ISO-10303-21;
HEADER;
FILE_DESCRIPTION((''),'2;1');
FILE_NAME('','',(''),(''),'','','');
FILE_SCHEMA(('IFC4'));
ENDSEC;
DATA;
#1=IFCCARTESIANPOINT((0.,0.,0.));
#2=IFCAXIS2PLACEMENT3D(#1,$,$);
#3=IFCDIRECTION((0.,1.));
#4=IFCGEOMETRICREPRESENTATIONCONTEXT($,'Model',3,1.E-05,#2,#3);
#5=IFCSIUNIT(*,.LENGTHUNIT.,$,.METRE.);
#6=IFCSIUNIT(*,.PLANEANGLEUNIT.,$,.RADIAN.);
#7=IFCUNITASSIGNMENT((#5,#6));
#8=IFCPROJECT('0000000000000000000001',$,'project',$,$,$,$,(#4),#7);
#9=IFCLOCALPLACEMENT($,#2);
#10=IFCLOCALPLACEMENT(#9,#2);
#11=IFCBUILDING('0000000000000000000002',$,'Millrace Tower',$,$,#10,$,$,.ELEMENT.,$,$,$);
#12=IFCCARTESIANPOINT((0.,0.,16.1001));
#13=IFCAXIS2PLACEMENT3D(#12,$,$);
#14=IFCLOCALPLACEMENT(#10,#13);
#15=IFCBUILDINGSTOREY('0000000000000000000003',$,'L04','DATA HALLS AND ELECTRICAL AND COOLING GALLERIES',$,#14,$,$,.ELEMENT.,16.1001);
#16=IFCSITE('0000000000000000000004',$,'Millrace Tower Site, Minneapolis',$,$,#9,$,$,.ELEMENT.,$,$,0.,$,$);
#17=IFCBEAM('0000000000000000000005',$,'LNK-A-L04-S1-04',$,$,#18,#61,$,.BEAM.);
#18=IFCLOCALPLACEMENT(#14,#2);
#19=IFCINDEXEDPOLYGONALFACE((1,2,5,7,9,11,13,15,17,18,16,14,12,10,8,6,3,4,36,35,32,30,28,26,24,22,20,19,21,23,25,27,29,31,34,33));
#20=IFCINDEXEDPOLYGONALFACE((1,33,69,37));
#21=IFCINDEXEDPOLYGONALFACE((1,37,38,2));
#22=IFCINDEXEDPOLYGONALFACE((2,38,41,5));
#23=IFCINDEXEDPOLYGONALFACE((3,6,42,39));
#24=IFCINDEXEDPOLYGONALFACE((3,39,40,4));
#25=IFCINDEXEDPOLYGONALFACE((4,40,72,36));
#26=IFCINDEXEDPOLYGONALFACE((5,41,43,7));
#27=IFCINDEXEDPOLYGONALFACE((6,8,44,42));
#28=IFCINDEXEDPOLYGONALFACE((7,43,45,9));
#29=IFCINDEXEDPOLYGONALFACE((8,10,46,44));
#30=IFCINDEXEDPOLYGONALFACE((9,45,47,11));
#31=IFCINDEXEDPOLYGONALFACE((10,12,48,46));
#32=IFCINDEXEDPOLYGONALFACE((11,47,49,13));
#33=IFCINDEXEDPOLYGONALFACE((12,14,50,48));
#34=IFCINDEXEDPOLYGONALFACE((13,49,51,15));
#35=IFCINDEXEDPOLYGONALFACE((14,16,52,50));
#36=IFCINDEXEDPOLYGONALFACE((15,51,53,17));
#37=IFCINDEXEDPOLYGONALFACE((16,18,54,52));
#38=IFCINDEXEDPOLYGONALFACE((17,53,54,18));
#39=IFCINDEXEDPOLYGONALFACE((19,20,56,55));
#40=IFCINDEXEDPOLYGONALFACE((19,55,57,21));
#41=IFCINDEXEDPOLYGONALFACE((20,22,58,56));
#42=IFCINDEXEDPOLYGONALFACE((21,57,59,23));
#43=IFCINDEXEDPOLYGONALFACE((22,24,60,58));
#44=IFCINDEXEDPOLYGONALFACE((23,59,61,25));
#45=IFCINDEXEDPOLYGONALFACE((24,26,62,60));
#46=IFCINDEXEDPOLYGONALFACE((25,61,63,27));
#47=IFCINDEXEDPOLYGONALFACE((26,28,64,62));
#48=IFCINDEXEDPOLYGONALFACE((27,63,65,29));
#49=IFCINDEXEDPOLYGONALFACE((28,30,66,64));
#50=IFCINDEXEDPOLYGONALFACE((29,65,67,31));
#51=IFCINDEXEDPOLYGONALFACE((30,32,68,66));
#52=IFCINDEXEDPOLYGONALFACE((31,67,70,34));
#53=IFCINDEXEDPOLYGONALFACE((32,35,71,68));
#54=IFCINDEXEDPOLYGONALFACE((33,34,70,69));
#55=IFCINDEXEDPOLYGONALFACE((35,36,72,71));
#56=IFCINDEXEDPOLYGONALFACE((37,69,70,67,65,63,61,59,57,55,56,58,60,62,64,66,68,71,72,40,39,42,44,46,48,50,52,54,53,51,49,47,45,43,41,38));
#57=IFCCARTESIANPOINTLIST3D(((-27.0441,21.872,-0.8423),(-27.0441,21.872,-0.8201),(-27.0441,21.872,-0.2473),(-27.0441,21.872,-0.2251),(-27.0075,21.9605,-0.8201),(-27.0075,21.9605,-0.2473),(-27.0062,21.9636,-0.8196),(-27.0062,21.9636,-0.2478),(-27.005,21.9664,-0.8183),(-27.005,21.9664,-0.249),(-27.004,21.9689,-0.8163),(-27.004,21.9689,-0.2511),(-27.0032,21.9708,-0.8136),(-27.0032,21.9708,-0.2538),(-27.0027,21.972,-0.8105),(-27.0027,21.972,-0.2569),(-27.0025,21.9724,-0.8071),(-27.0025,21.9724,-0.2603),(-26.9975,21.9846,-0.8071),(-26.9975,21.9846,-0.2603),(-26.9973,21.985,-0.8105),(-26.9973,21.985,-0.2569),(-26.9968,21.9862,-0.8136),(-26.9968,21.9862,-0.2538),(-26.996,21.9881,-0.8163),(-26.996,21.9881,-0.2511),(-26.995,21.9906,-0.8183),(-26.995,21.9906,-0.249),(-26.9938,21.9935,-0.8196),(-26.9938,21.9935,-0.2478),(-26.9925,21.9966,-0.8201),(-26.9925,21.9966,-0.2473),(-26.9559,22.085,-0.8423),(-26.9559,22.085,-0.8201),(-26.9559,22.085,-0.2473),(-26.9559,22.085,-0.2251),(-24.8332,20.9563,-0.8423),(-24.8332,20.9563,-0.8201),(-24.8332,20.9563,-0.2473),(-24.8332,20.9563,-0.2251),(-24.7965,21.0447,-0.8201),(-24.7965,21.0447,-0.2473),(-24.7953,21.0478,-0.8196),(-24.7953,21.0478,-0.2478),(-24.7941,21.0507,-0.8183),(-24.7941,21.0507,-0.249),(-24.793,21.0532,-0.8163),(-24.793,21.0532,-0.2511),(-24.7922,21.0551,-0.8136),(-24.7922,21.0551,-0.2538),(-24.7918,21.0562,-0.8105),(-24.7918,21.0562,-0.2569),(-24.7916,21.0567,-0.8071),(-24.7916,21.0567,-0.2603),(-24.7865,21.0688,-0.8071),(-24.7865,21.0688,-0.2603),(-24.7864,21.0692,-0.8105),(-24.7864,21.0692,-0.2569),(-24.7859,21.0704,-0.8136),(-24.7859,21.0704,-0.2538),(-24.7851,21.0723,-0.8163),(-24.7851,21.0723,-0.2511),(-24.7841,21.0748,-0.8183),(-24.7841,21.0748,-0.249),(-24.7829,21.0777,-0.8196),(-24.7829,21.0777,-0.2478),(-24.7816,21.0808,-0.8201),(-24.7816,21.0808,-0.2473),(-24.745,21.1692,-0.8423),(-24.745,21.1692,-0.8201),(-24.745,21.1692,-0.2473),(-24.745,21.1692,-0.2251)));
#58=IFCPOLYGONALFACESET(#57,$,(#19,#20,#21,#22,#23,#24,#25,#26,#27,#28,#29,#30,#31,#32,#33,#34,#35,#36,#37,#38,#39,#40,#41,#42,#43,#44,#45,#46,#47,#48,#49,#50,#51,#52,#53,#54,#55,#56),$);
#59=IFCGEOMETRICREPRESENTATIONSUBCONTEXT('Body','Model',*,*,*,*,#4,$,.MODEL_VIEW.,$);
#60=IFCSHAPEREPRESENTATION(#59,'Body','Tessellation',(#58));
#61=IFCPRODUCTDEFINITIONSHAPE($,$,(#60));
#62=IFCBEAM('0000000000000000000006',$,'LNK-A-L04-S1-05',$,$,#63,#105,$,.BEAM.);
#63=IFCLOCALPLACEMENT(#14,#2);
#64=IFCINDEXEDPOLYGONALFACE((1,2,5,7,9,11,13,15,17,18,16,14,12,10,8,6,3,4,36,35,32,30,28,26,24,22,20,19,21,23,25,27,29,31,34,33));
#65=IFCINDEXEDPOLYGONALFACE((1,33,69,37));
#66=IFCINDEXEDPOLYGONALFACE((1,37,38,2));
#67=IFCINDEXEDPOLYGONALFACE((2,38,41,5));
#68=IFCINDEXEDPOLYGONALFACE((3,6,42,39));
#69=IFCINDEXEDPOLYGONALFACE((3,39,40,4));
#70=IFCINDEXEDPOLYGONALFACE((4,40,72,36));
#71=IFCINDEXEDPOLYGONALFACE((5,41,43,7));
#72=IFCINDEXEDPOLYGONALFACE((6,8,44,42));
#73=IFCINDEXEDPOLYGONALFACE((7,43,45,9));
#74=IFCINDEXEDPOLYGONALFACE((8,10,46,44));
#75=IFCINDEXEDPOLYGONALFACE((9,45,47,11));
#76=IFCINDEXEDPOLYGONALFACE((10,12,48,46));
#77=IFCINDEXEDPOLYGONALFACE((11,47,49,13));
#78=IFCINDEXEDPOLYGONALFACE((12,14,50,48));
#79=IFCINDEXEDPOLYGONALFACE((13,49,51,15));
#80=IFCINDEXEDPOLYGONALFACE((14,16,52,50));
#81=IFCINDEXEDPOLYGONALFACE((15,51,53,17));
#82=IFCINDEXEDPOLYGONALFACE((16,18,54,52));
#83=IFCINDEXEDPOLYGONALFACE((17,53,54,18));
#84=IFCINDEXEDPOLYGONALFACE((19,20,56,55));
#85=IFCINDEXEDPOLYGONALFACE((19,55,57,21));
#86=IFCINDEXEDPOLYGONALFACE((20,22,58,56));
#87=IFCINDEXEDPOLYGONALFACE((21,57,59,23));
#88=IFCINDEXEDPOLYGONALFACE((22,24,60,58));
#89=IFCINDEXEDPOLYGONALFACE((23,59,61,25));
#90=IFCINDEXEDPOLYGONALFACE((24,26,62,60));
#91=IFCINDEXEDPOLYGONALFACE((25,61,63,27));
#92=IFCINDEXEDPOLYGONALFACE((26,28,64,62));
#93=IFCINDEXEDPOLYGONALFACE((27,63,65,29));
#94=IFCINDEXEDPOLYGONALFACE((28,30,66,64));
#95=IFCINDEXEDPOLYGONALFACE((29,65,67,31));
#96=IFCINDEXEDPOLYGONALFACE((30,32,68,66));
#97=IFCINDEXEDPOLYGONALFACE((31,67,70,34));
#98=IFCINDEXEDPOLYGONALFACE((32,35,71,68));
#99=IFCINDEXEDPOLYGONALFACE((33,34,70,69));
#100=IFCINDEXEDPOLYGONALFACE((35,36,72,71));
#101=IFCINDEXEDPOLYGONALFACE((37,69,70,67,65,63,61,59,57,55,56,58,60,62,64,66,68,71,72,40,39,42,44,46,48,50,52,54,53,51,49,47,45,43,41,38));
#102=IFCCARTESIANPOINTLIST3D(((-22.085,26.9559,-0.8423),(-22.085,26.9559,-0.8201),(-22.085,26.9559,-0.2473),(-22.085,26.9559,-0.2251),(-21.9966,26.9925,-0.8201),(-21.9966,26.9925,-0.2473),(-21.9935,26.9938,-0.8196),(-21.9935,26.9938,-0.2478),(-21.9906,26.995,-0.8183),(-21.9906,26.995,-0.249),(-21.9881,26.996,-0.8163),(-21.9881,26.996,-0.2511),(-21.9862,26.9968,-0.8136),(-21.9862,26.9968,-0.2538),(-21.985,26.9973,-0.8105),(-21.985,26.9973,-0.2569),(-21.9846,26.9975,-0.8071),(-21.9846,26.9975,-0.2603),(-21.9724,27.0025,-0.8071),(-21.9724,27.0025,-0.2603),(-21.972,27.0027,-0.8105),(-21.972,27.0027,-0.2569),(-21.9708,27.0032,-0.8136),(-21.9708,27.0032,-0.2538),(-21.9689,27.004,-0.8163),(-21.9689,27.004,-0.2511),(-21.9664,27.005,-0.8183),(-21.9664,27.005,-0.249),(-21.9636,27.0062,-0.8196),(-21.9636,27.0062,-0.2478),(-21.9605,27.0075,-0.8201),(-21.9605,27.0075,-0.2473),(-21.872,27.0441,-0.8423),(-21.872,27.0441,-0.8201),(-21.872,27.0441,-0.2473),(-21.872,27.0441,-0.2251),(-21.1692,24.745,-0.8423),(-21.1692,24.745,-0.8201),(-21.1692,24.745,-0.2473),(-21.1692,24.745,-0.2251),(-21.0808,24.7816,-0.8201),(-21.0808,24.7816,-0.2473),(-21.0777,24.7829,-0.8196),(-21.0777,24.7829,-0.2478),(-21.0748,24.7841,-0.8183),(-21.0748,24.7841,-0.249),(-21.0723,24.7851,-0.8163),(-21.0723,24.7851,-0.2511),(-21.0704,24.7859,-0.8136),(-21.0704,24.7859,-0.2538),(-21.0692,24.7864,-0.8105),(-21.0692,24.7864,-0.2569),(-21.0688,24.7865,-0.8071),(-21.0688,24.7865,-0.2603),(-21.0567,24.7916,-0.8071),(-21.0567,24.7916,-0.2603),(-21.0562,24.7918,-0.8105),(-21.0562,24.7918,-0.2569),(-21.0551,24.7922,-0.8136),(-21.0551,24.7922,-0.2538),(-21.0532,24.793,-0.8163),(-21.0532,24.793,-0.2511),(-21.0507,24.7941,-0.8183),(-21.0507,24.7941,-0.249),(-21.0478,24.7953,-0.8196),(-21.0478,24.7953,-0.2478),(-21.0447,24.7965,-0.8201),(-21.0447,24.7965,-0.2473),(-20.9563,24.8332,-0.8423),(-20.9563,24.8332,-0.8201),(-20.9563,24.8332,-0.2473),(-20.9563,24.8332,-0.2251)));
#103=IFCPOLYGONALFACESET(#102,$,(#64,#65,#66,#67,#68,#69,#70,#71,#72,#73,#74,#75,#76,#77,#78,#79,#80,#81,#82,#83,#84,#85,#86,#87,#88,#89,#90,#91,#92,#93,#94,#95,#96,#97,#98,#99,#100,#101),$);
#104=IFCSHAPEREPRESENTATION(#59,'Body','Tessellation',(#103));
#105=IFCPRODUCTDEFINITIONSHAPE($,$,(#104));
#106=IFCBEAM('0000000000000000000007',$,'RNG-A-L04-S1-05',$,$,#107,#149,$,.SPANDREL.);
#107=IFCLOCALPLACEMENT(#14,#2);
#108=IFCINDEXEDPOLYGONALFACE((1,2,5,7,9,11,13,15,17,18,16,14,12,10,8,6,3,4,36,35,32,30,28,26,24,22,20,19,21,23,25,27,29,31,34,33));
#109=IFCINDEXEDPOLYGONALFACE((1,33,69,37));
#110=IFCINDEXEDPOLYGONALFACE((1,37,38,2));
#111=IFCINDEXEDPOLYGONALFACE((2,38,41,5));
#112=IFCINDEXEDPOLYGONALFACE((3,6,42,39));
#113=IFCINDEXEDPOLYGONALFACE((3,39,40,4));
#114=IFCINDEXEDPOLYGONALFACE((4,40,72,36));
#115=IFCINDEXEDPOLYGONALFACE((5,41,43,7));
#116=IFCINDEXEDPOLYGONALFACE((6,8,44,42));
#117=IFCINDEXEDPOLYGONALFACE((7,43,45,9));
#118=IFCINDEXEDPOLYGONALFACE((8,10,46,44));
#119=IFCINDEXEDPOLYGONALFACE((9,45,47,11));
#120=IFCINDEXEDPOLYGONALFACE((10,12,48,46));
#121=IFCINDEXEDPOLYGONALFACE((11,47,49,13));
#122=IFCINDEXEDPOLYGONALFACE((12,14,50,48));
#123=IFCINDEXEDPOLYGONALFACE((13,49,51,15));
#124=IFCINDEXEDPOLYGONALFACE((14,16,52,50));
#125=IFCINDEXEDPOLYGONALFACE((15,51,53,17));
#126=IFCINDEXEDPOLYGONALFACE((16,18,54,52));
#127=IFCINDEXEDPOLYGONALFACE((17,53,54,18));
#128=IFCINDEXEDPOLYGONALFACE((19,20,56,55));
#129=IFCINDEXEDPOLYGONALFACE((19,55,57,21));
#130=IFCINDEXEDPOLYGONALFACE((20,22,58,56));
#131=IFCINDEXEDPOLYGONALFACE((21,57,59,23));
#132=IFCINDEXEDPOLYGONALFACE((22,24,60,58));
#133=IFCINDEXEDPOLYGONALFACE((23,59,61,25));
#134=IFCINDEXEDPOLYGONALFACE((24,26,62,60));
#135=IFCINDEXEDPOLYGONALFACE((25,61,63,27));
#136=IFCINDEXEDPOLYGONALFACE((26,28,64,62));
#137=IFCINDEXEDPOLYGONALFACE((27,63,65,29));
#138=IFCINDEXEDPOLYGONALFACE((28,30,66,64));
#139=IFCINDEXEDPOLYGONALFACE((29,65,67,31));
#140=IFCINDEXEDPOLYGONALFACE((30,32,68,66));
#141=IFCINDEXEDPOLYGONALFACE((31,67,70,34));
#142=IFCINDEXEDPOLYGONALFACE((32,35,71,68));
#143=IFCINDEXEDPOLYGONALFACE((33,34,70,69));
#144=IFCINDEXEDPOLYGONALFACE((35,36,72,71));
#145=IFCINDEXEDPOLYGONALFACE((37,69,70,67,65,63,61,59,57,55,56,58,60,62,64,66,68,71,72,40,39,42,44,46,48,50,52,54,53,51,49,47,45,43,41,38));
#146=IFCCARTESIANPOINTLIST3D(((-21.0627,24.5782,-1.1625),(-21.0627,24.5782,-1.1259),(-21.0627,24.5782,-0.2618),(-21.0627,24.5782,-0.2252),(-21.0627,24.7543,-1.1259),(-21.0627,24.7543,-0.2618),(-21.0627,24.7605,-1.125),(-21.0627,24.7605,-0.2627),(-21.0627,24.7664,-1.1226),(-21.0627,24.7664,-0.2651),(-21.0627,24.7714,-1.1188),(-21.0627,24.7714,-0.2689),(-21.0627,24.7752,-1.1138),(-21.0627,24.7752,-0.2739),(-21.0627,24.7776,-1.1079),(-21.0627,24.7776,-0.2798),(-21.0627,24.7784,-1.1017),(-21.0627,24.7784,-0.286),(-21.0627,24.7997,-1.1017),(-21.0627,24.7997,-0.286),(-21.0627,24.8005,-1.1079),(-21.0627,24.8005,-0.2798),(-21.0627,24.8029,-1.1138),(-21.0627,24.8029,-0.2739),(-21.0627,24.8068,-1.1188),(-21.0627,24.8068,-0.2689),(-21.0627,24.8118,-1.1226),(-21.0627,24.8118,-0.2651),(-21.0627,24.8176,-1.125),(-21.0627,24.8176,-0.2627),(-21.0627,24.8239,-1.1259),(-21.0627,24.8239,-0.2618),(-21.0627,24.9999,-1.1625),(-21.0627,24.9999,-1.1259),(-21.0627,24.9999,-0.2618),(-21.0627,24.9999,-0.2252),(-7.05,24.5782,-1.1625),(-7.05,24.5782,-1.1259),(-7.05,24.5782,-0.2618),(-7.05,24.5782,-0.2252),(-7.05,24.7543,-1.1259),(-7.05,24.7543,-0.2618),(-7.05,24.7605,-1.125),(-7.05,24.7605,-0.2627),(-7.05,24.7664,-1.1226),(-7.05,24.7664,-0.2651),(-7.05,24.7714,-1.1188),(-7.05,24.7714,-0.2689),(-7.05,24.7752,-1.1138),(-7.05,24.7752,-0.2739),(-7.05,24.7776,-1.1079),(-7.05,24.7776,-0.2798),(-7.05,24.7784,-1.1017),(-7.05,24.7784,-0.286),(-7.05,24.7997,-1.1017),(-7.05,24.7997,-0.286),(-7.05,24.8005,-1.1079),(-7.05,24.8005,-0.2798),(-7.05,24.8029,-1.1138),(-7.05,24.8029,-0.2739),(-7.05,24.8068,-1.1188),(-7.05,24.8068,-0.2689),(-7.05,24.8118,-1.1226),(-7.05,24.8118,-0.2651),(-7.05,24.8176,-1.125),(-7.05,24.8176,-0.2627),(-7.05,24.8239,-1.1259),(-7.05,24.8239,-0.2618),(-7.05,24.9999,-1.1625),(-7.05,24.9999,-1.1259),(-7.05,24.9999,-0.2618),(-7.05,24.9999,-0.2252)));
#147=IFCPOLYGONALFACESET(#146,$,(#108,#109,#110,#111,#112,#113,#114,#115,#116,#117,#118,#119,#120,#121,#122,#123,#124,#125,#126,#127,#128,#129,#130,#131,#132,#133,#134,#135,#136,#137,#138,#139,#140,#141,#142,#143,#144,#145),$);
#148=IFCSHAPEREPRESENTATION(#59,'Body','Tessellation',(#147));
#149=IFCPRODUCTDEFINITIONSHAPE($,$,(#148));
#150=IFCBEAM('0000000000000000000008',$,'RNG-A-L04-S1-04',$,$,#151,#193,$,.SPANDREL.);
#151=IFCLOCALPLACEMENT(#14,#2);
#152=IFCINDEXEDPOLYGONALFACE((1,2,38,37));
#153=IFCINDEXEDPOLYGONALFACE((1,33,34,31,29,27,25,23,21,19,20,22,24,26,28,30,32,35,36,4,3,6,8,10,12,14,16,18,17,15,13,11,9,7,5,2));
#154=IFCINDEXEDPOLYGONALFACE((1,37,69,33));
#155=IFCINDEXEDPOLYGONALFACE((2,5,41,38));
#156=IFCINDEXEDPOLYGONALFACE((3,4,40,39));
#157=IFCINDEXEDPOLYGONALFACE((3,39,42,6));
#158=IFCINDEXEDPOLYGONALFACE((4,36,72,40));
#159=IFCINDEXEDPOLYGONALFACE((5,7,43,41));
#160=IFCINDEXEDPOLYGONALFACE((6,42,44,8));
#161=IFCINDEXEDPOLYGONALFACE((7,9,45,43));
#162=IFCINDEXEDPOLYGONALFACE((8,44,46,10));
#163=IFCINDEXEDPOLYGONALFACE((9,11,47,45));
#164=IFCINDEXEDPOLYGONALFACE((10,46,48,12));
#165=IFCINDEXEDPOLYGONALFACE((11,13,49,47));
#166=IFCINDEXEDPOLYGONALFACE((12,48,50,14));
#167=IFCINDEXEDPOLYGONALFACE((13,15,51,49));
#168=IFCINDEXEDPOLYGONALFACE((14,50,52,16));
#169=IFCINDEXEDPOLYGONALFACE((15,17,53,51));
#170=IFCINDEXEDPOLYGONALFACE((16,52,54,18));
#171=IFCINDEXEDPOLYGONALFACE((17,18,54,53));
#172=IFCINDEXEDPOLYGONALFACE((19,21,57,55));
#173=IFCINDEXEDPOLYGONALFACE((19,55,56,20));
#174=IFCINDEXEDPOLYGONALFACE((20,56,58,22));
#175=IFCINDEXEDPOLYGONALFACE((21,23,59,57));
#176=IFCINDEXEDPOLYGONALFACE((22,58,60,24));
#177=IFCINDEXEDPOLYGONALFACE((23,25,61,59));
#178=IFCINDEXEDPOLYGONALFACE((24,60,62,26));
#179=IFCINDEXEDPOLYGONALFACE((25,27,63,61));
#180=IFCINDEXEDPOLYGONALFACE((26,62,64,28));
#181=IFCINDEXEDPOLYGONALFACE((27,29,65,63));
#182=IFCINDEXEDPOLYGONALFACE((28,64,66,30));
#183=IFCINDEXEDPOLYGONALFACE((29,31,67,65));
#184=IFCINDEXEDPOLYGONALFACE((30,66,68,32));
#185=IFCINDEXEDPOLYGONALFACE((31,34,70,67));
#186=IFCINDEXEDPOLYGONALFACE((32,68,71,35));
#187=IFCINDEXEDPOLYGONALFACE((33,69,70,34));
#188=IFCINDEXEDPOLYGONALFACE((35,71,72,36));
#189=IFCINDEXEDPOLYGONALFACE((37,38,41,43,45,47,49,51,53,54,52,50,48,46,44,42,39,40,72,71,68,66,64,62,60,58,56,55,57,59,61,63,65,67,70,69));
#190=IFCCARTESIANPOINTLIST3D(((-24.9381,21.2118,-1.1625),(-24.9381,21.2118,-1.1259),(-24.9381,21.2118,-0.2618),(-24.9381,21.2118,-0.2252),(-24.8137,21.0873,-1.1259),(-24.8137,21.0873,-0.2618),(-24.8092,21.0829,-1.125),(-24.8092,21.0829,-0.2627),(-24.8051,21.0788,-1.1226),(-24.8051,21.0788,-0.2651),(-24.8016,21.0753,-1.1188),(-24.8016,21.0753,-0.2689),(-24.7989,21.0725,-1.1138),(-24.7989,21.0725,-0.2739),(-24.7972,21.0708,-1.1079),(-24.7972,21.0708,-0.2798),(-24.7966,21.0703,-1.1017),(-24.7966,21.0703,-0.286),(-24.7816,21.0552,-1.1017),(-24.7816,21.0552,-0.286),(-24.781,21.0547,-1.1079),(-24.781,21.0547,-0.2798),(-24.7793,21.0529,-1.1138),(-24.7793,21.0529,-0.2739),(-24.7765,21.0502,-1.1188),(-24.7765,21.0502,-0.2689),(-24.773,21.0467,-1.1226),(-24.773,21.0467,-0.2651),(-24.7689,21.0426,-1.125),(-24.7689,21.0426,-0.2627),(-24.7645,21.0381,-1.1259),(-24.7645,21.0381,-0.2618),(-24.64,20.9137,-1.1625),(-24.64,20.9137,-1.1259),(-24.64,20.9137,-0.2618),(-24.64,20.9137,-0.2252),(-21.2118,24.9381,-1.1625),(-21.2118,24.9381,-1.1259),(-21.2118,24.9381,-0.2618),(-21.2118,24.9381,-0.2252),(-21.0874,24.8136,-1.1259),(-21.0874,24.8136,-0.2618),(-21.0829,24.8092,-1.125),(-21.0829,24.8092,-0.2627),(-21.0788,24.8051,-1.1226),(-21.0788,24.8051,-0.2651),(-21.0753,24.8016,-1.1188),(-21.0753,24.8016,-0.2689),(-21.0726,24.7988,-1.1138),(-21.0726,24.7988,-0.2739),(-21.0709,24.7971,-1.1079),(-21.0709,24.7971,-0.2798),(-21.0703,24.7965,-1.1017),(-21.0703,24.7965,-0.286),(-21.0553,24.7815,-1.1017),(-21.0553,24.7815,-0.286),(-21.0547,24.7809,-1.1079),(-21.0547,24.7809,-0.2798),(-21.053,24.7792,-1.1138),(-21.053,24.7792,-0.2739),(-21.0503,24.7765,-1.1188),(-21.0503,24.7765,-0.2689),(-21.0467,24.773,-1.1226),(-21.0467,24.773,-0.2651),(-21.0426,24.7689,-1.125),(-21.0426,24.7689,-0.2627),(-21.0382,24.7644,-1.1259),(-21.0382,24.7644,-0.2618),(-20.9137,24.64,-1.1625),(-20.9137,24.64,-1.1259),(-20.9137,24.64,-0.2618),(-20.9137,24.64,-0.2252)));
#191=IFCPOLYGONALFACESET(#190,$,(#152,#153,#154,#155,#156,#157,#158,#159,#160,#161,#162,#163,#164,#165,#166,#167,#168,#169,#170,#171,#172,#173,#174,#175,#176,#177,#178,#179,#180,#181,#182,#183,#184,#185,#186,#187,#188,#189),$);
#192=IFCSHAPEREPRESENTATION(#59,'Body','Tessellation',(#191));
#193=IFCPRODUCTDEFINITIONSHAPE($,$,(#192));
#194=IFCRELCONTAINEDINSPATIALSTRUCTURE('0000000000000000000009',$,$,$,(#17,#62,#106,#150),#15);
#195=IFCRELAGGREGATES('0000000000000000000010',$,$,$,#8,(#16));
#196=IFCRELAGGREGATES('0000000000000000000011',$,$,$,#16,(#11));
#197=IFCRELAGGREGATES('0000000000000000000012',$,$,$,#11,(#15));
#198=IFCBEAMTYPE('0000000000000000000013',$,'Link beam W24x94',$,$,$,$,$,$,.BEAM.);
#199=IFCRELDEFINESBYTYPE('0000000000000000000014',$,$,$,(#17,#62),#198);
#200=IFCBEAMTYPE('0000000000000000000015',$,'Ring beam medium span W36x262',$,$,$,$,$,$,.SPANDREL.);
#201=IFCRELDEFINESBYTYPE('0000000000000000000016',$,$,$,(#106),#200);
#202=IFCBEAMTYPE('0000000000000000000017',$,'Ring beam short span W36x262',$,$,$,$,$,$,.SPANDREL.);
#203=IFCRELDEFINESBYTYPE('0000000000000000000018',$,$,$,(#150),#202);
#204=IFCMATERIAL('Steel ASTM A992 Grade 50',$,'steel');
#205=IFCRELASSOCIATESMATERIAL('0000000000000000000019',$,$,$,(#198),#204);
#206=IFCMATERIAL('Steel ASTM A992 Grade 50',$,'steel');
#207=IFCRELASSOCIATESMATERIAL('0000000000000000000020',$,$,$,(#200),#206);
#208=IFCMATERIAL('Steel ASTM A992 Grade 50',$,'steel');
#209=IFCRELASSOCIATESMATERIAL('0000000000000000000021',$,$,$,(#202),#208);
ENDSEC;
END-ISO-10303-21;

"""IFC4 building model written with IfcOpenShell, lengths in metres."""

from ifc_helpers import new_model, si_unit, direction, frame, origin, origin_2d, place, context, subcontext, project, spatial, i_section, extrude, material, material_profile, profile_set, type_object, element, save


model = new_model("IFC4")

# Units and contexts
model_context = context("Model", 3, precision=1e-05, world=origin(), true_north=direction((0.0, 1.0)))
body_context = subcontext(model_context, "Body", "Model", "MODEL_VIEW")
ifc_project = project(units=[si_unit("LENGTHUNIT", "METRE"), si_unit("PLANEANGLEUNIT", "RADIAN")], contexts=[model_context])

# Site, building, storey
site_placement = place(None, origin())
site = spatial("IfcSite", under=ifc_project, at=site_placement, Name="Millrace Tower Site, Minneapolis", CompositionType="ELEMENT", RefElevation=0.0)
building_placement = place(site_placement, origin())
building = spatial("IfcBuilding", under=site, at=building_placement, Name="Millrace Tower", CompositionType="ELEMENT")
storey_placement = place(building_placement, frame((0.0, 0.0, 16.1001)))
storey = spatial("IfcBuildingStorey", under=building, at=storey_placement, Name="L04", Description="DATA HALLS AND ELECTRICAL AND COOLING GALLERIES", CompositionType="ELEMENT", Elevation=16.1001)

# Beams
ifc_material_1 = material(Name="Steel ASTM A992 Grade 50", Category="steel")
ifc_material_profile_1 = material_profile(ifc_material_1, i_section(OverallWidth=0.2305, OverallDepth=0.6172, WebThickness=0.0132, FlangeThickness=0.0222, FilletRadius=0.0129, at=origin_2d()))
ifc_profile_set_1 = profile_set([ifc_material_profile_1], Name="Steel ASTM A992 Grade 50")
beam_type_1 = type_object("IfcBeamType", Name="Link beam W24x94", PredefinedType="BEAM", material=ifc_profile_set_1)
for number, where, z_axis, x_axis, name in (
    (1, (-24.7891, 21.0627, -0.5337), (-0.923884, 0.382673, 0.0), (-0.382673, -0.923884, 0.0), "LNK-A-L04-S1-04"),
    (2, (-21.0627, 24.7891, -0.5337), (-0.382673, 0.923884, 0.0), (-0.923884, -0.382673, 0.0), "LNK-A-L04-S1-05"),
):
    element("IfcBeam", number, at=place(storey_placement, frame(where, z_axis=z_axis, x_axis=x_axis)), inside=storey, type_object=beam_type_1, Name=name, PredefinedType="BEAM", context=body_context, shape_type="SweptSolid", body=[
        extrude(i_section(OverallWidth=0.2305, OverallDepth=0.6172, WebThickness=0.0132, FlangeThickness=0.0222, FilletRadius=0.0129, at=origin_2d()), origin(), (0.0, 0.0, 1.0), 2.3931),
    ])
ifc_material_2 = material(Name="Steel ASTM A992 Grade 50", Category="steel")
ifc_material_profile_2 = material_profile(ifc_material_2, i_section(OverallWidth=0.4216, OverallDepth=0.9373, WebThickness=0.0212, FlangeThickness=0.0366, FilletRadius=0.0242, at=origin_2d()))
ifc_profile_set_2 = profile_set([ifc_material_profile_2], Name="Steel ASTM A992 Grade 50")
beam_type_2 = type_object("IfcBeamType", Name="Ring beam medium span W36x262", PredefinedType="SPANDREL", material=ifc_profile_set_2)
beam_1_placement = place(storey_placement, frame((-21.0627, 24.7891, -0.6938), z_axis=(1.0, 0.0, 0.0), x_axis=(0.0, 1.0, 0.0)))
element("IfcBeam", 3, at=beam_1_placement, inside=storey, type_object=beam_type_2, Name="RNG-A-L04-S1-05", PredefinedType="SPANDREL", context=body_context, shape_type="SweptSolid", body=[
    extrude(i_section(OverallWidth=0.4216, OverallDepth=0.9373, WebThickness=0.0212, FlangeThickness=0.0366, FilletRadius=0.0242, at=origin_2d()), origin(), (0.0, 0.0, 1.0), 14.0127),
])
ifc_material_3 = material(Name="Steel ASTM A992 Grade 50", Category="steel")
ifc_material_profile_3 = material_profile(ifc_material_3, i_section(OverallWidth=0.4216, OverallDepth=0.9373, WebThickness=0.0212, FlangeThickness=0.0366, FilletRadius=0.0242, at=origin_2d()))
ifc_profile_set_3 = profile_set([ifc_material_profile_3], Name="Steel ASTM A992 Grade 50")
beam_type_3 = type_object("IfcBeamType", Name="Ring beam short span W36x262", PredefinedType="SPANDREL", material=ifc_profile_set_3)
beam_2_placement = place(storey_placement, frame((-24.7891, 21.0627, -0.6938), z_axis=(0.707107, 0.707107, 0.0), x_axis=(-0.707107, 0.707107, 0.0)))
element("IfcBeam", 4, at=beam_2_placement, inside=storey, type_object=beam_type_3, Name="RNG-A-L04-S1-04", PredefinedType="SPANDREL", context=body_context, shape_type="SweptSolid", body=[
    extrude(i_section(OverallWidth=0.4216, OverallDepth=0.9373, WebThickness=0.0212, FlangeThickness=0.0366, FilletRadius=0.0242, at=origin_2d()), origin(), (0.0, 0.0, 1.0), 5.2698),
])

save(model, "model.ifc")
